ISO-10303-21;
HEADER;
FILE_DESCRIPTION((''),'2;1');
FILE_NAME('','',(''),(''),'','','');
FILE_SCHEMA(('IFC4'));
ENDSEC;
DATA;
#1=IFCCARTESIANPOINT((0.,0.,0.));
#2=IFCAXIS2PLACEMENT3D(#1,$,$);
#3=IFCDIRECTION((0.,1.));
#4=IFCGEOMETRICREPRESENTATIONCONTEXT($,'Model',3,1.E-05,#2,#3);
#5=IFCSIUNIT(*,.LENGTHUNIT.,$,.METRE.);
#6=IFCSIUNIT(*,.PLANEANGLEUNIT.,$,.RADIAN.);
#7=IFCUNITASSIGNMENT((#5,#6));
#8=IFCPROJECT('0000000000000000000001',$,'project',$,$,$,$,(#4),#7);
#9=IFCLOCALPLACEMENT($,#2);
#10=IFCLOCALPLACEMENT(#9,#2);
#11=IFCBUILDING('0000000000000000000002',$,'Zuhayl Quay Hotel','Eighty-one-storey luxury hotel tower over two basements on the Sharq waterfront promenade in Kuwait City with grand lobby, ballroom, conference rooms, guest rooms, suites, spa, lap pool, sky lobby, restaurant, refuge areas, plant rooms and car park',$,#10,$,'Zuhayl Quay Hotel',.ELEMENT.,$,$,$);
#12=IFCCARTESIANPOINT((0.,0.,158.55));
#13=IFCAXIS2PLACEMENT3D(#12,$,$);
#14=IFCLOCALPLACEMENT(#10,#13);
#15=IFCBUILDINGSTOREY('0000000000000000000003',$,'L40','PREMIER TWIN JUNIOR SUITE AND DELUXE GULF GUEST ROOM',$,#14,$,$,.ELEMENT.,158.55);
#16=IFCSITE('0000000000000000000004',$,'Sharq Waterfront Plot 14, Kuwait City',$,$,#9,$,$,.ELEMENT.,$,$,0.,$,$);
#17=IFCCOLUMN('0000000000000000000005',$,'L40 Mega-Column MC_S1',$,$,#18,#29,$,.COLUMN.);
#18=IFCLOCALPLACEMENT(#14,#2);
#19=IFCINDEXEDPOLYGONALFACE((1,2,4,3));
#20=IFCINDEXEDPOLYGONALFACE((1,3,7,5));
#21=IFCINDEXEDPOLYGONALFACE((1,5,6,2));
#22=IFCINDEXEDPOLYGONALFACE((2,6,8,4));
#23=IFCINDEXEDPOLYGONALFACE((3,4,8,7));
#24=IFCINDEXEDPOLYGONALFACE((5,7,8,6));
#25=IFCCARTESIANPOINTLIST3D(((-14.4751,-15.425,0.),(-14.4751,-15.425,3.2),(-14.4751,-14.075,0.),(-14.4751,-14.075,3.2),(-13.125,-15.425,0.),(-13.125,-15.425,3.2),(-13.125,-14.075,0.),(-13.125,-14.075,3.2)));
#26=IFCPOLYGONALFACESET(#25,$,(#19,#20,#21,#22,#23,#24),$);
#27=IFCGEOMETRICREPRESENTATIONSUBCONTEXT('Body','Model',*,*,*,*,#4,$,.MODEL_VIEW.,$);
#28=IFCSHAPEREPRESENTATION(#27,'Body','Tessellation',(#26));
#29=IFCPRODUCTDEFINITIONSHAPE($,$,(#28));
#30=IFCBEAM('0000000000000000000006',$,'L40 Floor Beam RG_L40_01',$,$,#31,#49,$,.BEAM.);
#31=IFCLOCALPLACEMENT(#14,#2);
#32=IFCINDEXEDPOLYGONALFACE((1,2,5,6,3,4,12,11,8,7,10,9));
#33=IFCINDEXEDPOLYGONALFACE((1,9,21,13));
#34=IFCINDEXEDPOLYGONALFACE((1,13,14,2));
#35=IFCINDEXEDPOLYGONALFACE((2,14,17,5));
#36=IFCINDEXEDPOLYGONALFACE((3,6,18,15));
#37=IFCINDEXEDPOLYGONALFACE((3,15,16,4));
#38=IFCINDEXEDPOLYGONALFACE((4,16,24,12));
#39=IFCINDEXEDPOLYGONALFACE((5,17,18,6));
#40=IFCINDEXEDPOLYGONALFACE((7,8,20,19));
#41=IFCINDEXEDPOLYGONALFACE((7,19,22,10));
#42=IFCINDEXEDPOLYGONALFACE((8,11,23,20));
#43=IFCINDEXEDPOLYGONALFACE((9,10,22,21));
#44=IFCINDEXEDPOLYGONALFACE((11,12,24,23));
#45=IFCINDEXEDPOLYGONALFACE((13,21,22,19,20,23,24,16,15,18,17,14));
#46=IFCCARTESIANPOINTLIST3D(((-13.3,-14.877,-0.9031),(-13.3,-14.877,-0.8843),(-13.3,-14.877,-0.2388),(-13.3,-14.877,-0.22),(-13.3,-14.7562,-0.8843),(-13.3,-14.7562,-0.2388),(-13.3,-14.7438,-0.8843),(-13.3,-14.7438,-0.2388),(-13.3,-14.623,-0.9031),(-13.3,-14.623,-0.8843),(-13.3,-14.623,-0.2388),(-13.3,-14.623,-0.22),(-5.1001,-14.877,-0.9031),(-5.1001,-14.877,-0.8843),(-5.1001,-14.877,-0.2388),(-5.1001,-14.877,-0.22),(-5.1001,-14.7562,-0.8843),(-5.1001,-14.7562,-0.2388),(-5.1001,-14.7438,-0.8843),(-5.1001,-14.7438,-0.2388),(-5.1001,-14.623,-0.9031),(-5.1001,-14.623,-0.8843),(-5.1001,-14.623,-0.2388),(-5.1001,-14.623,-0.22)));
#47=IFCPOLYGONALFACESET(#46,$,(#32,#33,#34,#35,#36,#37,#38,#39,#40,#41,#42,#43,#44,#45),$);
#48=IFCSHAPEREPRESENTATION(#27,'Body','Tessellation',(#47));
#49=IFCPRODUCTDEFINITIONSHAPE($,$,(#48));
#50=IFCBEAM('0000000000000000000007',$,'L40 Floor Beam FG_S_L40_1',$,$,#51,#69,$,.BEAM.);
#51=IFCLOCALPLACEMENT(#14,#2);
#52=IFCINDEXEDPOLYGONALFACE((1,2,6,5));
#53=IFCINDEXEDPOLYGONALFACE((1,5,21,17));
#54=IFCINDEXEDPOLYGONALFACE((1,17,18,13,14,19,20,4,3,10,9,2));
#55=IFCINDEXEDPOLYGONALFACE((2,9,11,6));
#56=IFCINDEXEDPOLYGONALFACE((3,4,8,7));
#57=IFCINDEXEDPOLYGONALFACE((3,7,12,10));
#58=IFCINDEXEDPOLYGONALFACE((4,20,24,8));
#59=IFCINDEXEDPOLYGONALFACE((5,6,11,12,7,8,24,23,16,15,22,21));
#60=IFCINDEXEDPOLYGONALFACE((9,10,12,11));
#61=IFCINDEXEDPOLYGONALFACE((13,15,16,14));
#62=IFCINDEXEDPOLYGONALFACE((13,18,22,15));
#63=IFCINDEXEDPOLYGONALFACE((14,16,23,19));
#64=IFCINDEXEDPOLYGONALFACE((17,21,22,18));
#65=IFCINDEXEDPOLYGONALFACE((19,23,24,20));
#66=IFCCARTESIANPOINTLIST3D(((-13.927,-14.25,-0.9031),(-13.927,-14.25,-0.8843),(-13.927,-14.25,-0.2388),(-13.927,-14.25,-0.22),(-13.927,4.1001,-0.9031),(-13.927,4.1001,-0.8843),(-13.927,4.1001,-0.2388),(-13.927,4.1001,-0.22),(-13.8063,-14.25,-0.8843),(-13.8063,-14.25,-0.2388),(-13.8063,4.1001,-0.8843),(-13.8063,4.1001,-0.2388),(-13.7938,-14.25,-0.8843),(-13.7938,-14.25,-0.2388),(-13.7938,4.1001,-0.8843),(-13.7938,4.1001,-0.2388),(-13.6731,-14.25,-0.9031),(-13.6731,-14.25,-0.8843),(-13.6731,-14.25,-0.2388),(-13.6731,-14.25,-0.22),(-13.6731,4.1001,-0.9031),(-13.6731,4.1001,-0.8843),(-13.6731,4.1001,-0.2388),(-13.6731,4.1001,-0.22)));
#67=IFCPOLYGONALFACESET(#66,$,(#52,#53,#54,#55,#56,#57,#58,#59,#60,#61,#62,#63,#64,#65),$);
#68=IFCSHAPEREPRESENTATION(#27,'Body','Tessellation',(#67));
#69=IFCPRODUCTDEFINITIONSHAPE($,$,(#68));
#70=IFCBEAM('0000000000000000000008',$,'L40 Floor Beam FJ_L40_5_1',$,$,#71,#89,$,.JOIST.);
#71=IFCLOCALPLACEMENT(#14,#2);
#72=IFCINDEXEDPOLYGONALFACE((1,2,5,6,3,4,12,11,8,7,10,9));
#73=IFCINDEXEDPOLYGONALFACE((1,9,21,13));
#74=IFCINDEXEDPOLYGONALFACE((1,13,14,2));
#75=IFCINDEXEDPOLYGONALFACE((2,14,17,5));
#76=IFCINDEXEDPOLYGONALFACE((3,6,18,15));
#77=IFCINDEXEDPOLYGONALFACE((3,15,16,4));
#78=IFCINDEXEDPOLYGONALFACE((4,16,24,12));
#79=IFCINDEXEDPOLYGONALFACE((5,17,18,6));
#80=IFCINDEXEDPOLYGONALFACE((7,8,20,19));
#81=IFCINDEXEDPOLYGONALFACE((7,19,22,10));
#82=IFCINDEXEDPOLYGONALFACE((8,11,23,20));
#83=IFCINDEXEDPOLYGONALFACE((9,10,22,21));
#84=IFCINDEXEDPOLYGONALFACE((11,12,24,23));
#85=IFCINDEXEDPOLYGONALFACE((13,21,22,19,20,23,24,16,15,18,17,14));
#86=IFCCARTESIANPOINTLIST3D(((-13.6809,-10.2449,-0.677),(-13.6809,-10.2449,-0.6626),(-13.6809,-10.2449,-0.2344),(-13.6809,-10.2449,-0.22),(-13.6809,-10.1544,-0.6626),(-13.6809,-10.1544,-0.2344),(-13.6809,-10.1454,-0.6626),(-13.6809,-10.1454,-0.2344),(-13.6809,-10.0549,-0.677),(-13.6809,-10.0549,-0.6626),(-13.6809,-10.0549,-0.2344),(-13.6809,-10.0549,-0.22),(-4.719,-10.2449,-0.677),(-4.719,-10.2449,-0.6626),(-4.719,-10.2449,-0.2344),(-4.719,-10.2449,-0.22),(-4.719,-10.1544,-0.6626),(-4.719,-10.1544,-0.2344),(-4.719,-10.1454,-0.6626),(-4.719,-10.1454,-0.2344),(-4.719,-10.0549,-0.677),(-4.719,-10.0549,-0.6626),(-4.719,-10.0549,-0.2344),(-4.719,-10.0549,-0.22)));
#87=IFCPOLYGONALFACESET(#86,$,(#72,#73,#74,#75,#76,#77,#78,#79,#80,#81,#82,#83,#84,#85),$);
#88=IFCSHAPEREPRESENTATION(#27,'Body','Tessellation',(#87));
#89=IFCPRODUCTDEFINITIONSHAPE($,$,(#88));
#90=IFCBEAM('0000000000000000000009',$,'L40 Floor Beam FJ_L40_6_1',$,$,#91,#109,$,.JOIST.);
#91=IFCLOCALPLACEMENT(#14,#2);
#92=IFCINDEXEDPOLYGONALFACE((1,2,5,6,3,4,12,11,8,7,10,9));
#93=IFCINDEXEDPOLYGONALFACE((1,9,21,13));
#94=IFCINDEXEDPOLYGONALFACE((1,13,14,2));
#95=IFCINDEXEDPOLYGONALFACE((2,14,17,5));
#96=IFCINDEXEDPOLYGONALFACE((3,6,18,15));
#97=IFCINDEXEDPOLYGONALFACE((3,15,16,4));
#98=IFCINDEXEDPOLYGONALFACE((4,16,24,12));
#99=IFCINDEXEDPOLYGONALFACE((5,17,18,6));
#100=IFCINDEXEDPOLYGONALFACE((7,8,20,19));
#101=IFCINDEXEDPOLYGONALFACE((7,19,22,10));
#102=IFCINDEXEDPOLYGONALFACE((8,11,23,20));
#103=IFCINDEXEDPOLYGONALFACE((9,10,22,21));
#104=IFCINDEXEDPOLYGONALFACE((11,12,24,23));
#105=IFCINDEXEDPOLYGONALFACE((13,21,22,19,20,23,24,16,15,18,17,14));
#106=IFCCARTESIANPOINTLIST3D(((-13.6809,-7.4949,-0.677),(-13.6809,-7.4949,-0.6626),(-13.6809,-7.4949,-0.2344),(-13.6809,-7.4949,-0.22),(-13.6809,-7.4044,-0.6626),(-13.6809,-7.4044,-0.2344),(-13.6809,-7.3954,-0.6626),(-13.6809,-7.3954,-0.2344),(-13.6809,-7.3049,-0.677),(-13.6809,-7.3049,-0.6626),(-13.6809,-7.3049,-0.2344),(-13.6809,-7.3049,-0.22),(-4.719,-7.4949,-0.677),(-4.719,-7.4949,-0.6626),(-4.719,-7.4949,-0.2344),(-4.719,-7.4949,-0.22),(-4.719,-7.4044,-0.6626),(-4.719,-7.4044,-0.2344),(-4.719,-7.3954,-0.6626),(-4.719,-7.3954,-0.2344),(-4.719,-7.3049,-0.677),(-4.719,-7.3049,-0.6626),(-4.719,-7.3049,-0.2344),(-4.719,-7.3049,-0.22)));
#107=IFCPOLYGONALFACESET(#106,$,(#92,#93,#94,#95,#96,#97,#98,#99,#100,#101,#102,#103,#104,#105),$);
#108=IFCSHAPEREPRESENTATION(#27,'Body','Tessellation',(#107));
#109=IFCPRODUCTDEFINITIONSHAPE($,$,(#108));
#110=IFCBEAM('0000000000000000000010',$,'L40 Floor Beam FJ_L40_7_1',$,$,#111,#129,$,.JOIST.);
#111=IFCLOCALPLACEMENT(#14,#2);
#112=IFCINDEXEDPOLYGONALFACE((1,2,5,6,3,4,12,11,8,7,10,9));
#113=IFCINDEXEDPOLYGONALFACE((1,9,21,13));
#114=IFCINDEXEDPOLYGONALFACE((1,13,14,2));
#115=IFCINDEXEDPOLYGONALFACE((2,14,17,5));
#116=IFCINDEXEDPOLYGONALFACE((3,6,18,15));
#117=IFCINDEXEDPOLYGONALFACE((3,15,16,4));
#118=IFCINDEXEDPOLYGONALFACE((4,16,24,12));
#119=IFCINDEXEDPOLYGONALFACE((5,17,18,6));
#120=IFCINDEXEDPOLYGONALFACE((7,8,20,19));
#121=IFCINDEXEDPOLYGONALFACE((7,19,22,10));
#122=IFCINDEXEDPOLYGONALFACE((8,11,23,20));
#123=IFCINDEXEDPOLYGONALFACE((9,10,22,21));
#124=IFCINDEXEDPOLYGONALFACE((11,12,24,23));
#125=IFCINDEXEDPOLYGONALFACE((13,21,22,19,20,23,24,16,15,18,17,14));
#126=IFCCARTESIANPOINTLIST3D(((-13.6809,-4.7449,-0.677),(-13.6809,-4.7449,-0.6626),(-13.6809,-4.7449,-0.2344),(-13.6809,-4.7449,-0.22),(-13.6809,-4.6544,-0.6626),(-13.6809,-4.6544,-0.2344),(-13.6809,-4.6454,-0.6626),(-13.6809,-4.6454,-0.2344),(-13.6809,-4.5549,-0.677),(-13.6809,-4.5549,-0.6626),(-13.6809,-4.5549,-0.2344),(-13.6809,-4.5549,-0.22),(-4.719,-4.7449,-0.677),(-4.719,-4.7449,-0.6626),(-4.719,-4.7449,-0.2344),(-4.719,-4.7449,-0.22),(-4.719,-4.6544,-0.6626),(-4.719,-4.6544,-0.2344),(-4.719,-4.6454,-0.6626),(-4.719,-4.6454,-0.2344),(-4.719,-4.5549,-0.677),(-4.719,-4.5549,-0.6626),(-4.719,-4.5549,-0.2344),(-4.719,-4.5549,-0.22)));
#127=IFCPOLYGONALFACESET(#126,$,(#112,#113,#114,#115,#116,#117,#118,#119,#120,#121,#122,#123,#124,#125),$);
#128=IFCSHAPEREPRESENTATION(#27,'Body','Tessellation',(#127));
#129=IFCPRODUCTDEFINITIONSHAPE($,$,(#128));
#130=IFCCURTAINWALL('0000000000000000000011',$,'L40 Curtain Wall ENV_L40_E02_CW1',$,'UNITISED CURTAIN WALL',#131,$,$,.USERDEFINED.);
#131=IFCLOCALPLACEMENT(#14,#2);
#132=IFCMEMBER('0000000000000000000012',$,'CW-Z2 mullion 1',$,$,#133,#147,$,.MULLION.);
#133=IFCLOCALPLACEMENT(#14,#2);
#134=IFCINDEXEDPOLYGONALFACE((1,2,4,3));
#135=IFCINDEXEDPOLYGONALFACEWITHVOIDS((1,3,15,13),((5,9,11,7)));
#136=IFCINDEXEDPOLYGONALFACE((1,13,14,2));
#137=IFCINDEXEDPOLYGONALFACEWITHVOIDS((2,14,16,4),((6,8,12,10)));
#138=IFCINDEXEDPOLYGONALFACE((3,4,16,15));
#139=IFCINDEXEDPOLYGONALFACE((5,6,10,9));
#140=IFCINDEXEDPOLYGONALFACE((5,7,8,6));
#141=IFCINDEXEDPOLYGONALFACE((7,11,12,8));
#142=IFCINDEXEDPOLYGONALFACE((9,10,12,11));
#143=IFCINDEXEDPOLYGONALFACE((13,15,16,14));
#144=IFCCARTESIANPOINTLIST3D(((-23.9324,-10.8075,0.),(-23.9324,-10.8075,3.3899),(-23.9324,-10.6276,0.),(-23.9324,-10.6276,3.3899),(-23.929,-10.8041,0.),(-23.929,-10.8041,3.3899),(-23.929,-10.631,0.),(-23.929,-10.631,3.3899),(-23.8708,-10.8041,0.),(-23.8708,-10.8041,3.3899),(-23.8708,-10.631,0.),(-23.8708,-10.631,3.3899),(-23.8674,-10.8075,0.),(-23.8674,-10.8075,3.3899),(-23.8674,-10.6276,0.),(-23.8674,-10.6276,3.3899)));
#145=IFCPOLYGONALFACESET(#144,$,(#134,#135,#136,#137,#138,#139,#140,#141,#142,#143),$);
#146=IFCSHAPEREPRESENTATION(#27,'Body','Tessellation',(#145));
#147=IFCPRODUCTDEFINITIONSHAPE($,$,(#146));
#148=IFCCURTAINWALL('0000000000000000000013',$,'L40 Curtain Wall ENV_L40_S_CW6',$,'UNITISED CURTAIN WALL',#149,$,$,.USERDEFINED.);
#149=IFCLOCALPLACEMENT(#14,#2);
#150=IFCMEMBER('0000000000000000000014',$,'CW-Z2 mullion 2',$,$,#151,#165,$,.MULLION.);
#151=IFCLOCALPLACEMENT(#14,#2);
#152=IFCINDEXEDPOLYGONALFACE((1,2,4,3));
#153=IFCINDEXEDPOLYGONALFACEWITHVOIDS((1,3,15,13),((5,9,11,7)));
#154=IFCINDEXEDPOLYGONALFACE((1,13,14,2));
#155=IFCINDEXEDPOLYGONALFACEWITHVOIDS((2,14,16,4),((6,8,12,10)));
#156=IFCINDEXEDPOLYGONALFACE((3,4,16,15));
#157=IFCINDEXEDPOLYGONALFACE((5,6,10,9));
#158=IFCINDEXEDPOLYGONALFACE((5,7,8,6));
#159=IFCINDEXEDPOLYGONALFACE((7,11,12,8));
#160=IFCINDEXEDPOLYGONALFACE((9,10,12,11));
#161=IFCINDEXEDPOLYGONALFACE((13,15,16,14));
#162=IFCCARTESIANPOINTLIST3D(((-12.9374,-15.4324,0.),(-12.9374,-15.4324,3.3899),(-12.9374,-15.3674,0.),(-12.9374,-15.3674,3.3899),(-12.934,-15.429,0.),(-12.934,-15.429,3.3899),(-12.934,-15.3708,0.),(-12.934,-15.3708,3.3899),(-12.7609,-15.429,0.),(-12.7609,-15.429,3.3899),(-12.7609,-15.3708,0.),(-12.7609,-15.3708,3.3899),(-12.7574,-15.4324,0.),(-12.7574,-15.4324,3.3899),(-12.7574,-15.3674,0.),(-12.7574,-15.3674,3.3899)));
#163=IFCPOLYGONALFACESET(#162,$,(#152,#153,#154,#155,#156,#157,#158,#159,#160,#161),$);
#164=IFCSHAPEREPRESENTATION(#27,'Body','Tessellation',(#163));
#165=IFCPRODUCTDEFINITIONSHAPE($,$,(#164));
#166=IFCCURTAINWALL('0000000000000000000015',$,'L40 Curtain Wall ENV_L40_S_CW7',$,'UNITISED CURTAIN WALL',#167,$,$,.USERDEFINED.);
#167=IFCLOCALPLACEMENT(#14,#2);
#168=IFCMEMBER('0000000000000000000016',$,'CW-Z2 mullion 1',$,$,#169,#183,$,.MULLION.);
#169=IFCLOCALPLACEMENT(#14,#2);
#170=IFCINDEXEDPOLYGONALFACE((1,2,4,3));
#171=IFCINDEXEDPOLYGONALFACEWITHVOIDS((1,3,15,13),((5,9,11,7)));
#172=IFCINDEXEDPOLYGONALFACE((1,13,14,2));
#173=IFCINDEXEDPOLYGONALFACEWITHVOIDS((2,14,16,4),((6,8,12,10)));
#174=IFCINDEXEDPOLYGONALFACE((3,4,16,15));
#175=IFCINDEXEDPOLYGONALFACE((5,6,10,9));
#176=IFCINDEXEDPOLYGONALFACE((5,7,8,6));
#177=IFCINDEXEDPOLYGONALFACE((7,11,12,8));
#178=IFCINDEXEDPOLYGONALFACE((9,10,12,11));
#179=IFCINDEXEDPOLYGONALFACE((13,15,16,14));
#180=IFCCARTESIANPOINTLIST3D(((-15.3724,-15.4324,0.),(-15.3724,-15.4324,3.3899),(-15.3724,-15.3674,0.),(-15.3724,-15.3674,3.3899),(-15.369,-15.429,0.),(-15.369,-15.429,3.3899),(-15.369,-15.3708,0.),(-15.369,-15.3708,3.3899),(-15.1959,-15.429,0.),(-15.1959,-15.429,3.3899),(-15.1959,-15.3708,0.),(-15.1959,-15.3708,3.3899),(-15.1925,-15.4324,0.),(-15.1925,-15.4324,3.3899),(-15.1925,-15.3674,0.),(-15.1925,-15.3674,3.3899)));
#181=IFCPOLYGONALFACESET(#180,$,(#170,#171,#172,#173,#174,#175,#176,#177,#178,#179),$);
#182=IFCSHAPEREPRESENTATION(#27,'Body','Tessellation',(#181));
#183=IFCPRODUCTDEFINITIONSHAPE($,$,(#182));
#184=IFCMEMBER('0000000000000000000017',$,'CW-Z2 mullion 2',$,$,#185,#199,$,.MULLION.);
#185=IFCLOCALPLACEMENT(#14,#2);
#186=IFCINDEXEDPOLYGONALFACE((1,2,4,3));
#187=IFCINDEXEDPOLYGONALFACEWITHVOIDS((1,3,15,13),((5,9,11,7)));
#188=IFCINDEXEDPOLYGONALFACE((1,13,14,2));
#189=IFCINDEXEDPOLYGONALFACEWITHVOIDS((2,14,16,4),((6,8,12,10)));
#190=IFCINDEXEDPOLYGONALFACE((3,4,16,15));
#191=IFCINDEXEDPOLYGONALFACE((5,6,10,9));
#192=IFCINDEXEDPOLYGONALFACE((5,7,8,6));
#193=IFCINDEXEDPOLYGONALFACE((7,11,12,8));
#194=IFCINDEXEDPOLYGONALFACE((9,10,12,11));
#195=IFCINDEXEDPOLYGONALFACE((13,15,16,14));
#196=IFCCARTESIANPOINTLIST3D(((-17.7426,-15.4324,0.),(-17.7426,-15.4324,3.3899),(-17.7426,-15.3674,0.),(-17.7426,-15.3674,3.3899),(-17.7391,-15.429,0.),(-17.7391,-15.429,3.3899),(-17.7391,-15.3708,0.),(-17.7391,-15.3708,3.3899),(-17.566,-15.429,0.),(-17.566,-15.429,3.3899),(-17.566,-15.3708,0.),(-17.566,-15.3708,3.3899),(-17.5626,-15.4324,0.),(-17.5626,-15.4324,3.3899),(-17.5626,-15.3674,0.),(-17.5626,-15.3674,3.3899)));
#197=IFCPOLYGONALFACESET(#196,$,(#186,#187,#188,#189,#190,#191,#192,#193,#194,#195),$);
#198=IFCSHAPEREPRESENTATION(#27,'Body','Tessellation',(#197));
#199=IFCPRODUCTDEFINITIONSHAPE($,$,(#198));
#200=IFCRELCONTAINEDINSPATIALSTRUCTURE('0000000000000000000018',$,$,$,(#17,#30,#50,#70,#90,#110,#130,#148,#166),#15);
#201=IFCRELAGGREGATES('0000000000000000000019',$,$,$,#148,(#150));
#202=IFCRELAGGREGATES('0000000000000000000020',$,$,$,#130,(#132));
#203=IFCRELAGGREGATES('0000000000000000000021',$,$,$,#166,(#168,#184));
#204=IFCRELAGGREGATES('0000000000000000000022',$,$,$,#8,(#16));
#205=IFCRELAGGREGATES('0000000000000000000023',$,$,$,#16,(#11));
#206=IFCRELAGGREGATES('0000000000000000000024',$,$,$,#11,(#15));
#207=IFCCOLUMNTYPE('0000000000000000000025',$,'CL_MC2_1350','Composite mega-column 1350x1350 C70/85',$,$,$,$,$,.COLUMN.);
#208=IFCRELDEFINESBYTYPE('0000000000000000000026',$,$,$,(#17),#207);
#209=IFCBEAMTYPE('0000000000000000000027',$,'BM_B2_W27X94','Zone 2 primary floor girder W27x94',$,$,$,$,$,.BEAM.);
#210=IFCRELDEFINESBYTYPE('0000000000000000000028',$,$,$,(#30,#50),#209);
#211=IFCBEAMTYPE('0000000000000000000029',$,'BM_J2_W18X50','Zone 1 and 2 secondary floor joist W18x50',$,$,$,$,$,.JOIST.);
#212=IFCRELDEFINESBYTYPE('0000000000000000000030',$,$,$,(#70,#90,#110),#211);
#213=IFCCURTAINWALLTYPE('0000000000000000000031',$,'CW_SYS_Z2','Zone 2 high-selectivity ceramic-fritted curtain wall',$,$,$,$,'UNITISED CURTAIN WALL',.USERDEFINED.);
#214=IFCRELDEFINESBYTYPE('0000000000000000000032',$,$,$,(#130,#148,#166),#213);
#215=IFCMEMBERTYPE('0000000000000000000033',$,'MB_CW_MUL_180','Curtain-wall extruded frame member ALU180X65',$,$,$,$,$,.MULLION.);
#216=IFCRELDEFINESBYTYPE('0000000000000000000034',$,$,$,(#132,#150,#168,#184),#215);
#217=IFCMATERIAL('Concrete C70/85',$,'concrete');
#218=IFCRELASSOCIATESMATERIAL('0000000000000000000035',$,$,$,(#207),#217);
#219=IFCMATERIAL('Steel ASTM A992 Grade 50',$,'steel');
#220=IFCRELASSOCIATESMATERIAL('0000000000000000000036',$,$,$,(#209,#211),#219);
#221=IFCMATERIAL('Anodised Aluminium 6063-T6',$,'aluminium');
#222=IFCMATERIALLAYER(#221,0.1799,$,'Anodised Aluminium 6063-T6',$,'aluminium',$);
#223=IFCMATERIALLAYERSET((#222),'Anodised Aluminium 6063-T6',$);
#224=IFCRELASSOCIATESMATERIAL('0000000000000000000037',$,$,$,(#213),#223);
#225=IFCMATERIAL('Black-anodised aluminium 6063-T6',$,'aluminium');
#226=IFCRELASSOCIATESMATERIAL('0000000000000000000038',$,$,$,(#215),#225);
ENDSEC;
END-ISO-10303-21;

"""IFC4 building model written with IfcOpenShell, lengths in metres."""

from ifc_helpers import new_model, si_unit, direction, frame, origin, origin_2d, place, context, subcontext, project, spatial, rectangle, hollow_rectangle, i_section, extrude, material, layer, layer_set, material_profile, profile_set, type_object, element, aggregate, save


model = new_model("IFC4")

# Units and contexts
model_context = context("Model", 3, precision=1e-05, world=origin(), true_north=direction((0.0, 1.0)))
body_context = subcontext(model_context, "Body", "Model", "MODEL_VIEW")
ifc_project = project(units=[si_unit("LENGTHUNIT", "METRE"), si_unit("PLANEANGLEUNIT", "RADIAN")], contexts=[model_context])

# Site, building, storey
site_placement = place(None, origin())
site = spatial("IfcSite", under=ifc_project, at=site_placement, Name="Sharq Waterfront Plot 14, Kuwait City", CompositionType="ELEMENT", RefElevation=0.0)
building_placement = place(site_placement, origin())
building = spatial("IfcBuilding", under=site, at=building_placement, Name="Zuhayl Quay Hotel", Description="Eighty-one-storey luxury hotel tower over two basements on the Sharq waterfront promenade in Kuwait City with grand lobby, ballroom, conference rooms, guest rooms, suites, spa, lap pool, sky lobby, restaurant, refuge areas, plant rooms and car park", LongName="Zuhayl Quay Hotel", CompositionType="ELEMENT")
storey_placement = place(building_placement, frame((0.0, 0.0, 158.55)))
storey = spatial("IfcBuildingStorey", under=building, at=storey_placement, Name="L40", Description="PREMIER TWIN JUNIOR SUITE AND DELUXE GULF GUEST ROOM", CompositionType="ELEMENT", Elevation=158.55)

# Column
ifc_material_1 = material(Name="Concrete C70/85", Category="concrete")
ifc_material_profile_1 = material_profile(ifc_material_1, rectangle(XDim=1.3501, YDim=1.3501, at=origin_2d()), Name="RC1350X1350")
ifc_profile_set_1 = profile_set([ifc_material_profile_1], Name="Concrete C70/85")
column_type = type_object("IfcColumnType", Name="CL_MC2_1350", Description="Composite mega-column 1350x1350 C70/85", PredefinedType="COLUMN", material=ifc_profile_set_1)
column_placement = place(storey_placement, frame((-13.8, -14.75, 0.0), z_axis=(0.0, 0.0, 1.0), x_axis=(1.0, 0.0, 0.0)))
element("IfcColumn", 1, at=column_placement, inside=storey, type_object=column_type, Name="L40 Mega-Column MC_S1", PredefinedType="COLUMN", context=body_context, shape_type="SweptSolid", body=[
    extrude(rectangle(XDim=1.3501, YDim=1.3501, at=origin_2d()), origin(), (0.0, 0.0, 1.0), 3.2),
])

# Beams
ifc_material_2 = material(Name="Steel ASTM A992 Grade 50", Category="steel")
ifc_material_profile_2 = material_profile(ifc_material_2, i_section(OverallWidth=0.2539, OverallDepth=0.6831, WebThickness=0.0125, FlangeThickness=0.0188, at=origin_2d()), Name="W27X94")
ifc_profile_set_2 = profile_set([ifc_material_profile_2], Name="Steel ASTM A992 Grade 50")
beam_type_1 = type_object("IfcBeamType", Name="BM_B2_W27X94", Description="Zone 2 primary floor girder W27x94", PredefinedType="BEAM", material=ifc_profile_set_2)
beam_1_placement = place(storey_placement, frame((-13.3, -14.75, -0.5615), z_axis=(1.0, 0.0, 0.0), x_axis=(0.0, 1.0, 0.0)))
element("IfcBeam", 2, at=beam_1_placement, inside=storey, type_object=beam_type_1, Name="L40 Floor Beam RG_L40_01", PredefinedType="BEAM", context=body_context, shape_type="SweptSolid", body=[
    extrude(i_section(OverallWidth=0.2539, OverallDepth=0.6831, WebThickness=0.0125, FlangeThickness=0.0188, at=origin_2d()), origin(), (0.0, 0.0, 1.0), 8.2),
])
beam_2_placement = place(storey_placement, frame((-13.8, -14.25, -0.5615), z_axis=(0.0, 1.0, 0.0), x_axis=(-1.0, 0.0, 0.0)))
element("IfcBeam", 3, at=beam_2_placement, inside=storey, type_object=beam_type_1, Name="L40 Floor Beam FG_S_L40_1", PredefinedType="BEAM", context=body_context, shape_type="SweptSolid", body=[
    extrude(i_section(OverallWidth=0.2539, OverallDepth=0.6831, WebThickness=0.0125, FlangeThickness=0.0188, at=origin_2d()), origin(), (0.0, 0.0, 1.0), 18.3501),
])
ifc_material_profile_3 = material_profile(ifc_material_2, i_section(OverallWidth=0.1899, OverallDepth=0.457, WebThickness=0.009, FlangeThickness=0.0144, at=origin_2d()), Name="W18X50")
ifc_profile_set_3 = profile_set([ifc_material_profile_3], Name="Steel ASTM A992 Grade 50")
beam_type_2 = type_object("IfcBeamType", Name="BM_J2_W18X50", Description="Zone 1 and 2 secondary floor joist W18x50", PredefinedType="JOIST", material=ifc_profile_set_3)
for number, where, z_axis, x_axis, name in (
    (4, (-13.6809, -10.1499, -0.4485), (1.0, 0.0, 0.0), (0.0, 1.0, 0.0), "L40 Floor Beam FJ_L40_5_1"),
    (5, (-13.6809, -7.3999, -0.4485), (1.0, 0.0, 0.0), (0.0, 1.0, 0.0), "L40 Floor Beam FJ_L40_6_1"),
    (6, (-13.6809, -4.6499, -0.4485), (1.0, 0.0, 0.0), (0.0, 1.0, 0.0), "L40 Floor Beam FJ_L40_7_1"),
):
    element("IfcBeam", number, at=place(storey_placement, frame(where, z_axis=z_axis, x_axis=x_axis)), inside=storey, type_object=beam_type_2, Name=name, PredefinedType="JOIST", context=body_context, shape_type="SweptSolid", body=[
        extrude(i_section(OverallWidth=0.1899, OverallDepth=0.457, WebThickness=0.009, FlangeThickness=0.0144, at=origin_2d()), origin(), (0.0, 0.0, 1.0), 8.9619),
    ])

# Curtain walls, members
ifc_material_3 = material(Name="Anodised Aluminium 6063-T6", Category="aluminium")
ifc_layer_1 = layer(ifc_material_3, 0.1799, Name="Anodised Aluminium 6063-T6", Category="aluminium")
ifc_layer_set_1 = layer_set([ifc_layer_1], Name="Anodised Aluminium 6063-T6")
curtain_wall_type = type_object("IfcCurtainWallType", Name="CW_SYS_Z2", Description="Zone 2 high-selectivity ceramic-fritted curtain wall", ElementType="UNITISED CURTAIN WALL", PredefinedType="USERDEFINED", material=ifc_layer_set_1)
curtain_wall_1_placement = place(storey_placement, origin())
curtain_wall_1 = element("IfcCurtainWall", 7, at=curtain_wall_1_placement, inside=storey, type_object=curtain_wall_type, Name="L40 Curtain Wall ENV_L40_E02_CW1", ObjectType="UNITISED CURTAIN WALL", PredefinedType="USERDEFINED")
ifc_material_4 = material(Name="Black-anodised aluminium 6063-T6", Category="aluminium")
ifc_material_profile_4 = material_profile(ifc_material_4, hollow_rectangle(XDim=0.0649, YDim=0.1799, WallThickness=0.0034, at=origin_2d()), Name="ALU180X65")
ifc_profile_set_4 = profile_set([ifc_material_profile_4], Name="Black-anodised aluminium 6063-T6")
member_type_1 = type_object("IfcMemberType", Name="MB_CW_MUL_180", Description="Curtain-wall extruded frame member ALU180X65", PredefinedType="MULLION", material=ifc_profile_set_4)
member_1_placement = place(storey_placement, frame((-23.8999, -10.7175, 0.0), z_axis=(0.0, 0.0, 1.0), x_axis=(-1.0, 0.0, 0.0)))
member_1 = element("IfcMember", 8, at=member_1_placement, type_object=member_type_1, Name="CW-Z2 mullion 1", PredefinedType="MULLION", context=body_context, shape_type="SweptSolid", body=[
    extrude(hollow_rectangle(XDim=0.0649, YDim=0.1799, WallThickness=0.0034, at=origin_2d()), origin(), (0.0, 0.0, 1.0), 3.3899),
])
curtain_wall_2_placement = place(storey_placement, origin())
curtain_wall_2 = element("IfcCurtainWall", 9, at=curtain_wall_2_placement, inside=storey, type_object=curtain_wall_type, Name="L40 Curtain Wall ENV_L40_S_CW6", ObjectType="UNITISED CURTAIN WALL", PredefinedType="USERDEFINED")
member_2_placement = place(storey_placement, frame((-12.8474, -15.3999, 0.0), z_axis=(0.0, 0.0, 1.0), x_axis=(0.0, -1.0, 0.0)))
member_2 = element("IfcMember", 10, at=member_2_placement, type_object=member_type_1, Name="CW-Z2 mullion 2", PredefinedType="MULLION", context=body_context, shape_type="SweptSolid", body=[
    extrude(hollow_rectangle(XDim=0.0649, YDim=0.1799, WallThickness=0.0034, at=origin_2d()), origin(), (0.0, 0.0, 1.0), 3.3899),
])
aggregate(curtain_wall_2, [member_2])

# Curtain wall, members
curtain_wall_3_placement = place(storey_placement, origin())
curtain_wall_3 = element("IfcCurtainWall", 11, at=curtain_wall_3_placement, inside=storey, type_object=curtain_wall_type, Name="L40 Curtain Wall ENV_L40_S_CW7", ObjectType="UNITISED CURTAIN WALL", PredefinedType="USERDEFINED")
member_3_placement = place(storey_placement, frame((-15.2825, -15.3999, 0.0), z_axis=(0.0, 0.0, 1.0), x_axis=(0.0, -1.0, 0.0)))
member_3 = element("IfcMember", 12, at=member_3_placement, type_object=member_type_1, Name="CW-Z2 mullion 1", PredefinedType="MULLION", context=body_context, shape_type="SweptSolid", body=[
    extrude(hollow_rectangle(XDim=0.0649, YDim=0.1799, WallThickness=0.0034, at=origin_2d()), origin(), (0.0, 0.0, 1.0), 3.3899),
])
member_4_placement = place(storey_placement, frame((-17.6526, -15.3999, 0.0), z_axis=(0.0, 0.0, 1.0), x_axis=(0.0, -1.0, 0.0)))
member_4 = element("IfcMember", 13, at=member_4_placement, type_object=member_type_1, Name="CW-Z2 mullion 2", PredefinedType="MULLION", context=body_context, shape_type="SweptSolid", body=[
    extrude(hollow_rectangle(XDim=0.0649, YDim=0.1799, WallThickness=0.0034, at=origin_2d()), origin(), (0.0, 0.0, 1.0), 3.3899),
])

aggregate(curtain_wall_1, [member_1])
aggregate(curtain_wall_3, [member_3, member_4])

save(model, "model.ifc")
